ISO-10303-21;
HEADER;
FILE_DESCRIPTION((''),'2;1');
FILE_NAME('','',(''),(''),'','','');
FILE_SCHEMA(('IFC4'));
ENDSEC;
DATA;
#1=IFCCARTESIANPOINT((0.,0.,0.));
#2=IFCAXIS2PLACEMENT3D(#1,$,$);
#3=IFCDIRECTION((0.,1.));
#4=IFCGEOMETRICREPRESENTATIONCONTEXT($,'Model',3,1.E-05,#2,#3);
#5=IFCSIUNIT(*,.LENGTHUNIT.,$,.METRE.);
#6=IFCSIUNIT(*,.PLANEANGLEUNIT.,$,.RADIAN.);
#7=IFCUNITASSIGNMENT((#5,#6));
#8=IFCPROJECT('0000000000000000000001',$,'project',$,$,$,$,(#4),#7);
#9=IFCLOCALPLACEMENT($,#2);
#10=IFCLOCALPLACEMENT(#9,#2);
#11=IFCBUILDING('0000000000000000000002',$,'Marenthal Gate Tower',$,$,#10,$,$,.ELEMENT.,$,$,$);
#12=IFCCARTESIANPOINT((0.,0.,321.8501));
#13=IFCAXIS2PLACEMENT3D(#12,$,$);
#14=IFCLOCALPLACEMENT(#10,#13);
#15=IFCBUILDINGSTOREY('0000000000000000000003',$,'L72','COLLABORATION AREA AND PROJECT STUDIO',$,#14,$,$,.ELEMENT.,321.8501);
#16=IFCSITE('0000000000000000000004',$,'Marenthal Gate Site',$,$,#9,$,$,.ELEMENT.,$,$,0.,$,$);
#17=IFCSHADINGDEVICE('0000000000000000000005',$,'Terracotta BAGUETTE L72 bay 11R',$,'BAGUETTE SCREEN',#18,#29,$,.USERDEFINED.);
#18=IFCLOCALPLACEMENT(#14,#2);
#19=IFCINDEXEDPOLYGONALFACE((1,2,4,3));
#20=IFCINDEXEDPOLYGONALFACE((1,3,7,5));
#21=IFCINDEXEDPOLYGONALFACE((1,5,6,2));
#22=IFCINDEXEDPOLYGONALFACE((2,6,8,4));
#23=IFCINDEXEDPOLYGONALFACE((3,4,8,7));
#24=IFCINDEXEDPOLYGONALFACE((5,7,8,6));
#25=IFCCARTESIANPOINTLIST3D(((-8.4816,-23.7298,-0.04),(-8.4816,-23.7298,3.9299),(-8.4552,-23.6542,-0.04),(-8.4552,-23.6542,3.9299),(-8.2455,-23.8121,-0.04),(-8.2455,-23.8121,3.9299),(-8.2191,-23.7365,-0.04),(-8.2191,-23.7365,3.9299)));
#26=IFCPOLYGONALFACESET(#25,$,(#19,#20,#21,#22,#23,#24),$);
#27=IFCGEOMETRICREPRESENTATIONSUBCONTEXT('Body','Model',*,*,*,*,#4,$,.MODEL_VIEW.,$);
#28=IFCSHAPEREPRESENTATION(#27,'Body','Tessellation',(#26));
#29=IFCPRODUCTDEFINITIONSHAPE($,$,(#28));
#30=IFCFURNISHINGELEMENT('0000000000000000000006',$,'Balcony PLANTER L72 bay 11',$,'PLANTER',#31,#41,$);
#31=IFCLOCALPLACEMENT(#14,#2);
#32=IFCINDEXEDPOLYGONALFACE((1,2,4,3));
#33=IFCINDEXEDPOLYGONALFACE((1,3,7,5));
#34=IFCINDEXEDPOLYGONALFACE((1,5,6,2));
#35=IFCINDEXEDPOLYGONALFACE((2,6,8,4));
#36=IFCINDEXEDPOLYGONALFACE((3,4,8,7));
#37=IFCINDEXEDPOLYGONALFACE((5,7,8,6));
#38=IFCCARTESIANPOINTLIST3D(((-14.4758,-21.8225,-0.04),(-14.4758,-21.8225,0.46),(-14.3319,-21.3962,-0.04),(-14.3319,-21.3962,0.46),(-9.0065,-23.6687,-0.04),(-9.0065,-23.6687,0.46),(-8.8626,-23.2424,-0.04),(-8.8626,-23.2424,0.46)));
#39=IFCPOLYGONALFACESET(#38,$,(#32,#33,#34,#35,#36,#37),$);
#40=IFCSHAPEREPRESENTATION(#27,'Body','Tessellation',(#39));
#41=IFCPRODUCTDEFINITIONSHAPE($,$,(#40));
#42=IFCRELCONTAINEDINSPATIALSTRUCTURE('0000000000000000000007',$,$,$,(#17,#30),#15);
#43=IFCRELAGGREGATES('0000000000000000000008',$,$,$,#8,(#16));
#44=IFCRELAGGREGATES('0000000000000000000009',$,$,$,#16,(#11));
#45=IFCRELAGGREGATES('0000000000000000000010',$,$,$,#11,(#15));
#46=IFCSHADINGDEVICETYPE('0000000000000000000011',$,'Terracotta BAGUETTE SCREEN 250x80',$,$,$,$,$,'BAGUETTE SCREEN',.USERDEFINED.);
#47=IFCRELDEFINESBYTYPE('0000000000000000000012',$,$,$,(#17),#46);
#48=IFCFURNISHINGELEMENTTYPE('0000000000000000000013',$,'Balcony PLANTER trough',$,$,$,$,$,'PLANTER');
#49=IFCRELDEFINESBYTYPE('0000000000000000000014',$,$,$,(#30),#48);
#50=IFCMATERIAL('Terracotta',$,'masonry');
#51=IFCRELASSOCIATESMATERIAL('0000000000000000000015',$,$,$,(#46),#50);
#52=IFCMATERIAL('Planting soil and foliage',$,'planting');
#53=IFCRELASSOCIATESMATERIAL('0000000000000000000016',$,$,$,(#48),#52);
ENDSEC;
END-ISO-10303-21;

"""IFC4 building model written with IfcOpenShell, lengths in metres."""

from ifc_helpers import new_model, si_unit, direction, frame, origin, origin_2d, place, context, subcontext, project, spatial, rectangle, extrude, material, material_profile, profile_set, type_object, element, save


model = new_model("IFC4")

# Units and contexts
model_context = context("Model", 3, precision=1e-05, world=origin(), true_north=direction((0.0, 1.0)))
body_context = subcontext(model_context, "Body", "Model", "MODEL_VIEW")
ifc_project = project(units=[si_unit("LENGTHUNIT", "METRE"), si_unit("PLANEANGLEUNIT", "RADIAN")], contexts=[model_context])

# Site, building, storey
site_placement = place(None, origin())
site = spatial("IfcSite", under=ifc_project, at=site_placement, Name="Marenthal Gate Site", CompositionType="ELEMENT", RefElevation=0.0)
building_placement = place(site_placement, origin())
building = spatial("IfcBuilding", under=site, at=building_placement, Name="Marenthal Gate Tower", CompositionType="ELEMENT")
storey_placement = place(building_placement, frame((0.0, 0.0, 321.8501)))
storey = spatial("IfcBuildingStorey", under=building, at=storey_placement, Name="L72", Description="COLLABORATION AREA AND PROJECT STUDIO", CompositionType="ELEMENT", Elevation=321.8501)

# Shading device
ifc_material_1 = material(Name="Terracotta", Category="masonry")
ifc_material_profile_1 = material_profile(ifc_material_1, rectangle(XDim=0.25, YDim=0.0801, at=origin_2d()), Name="Terracotta baguette 250x80")
ifc_profile_set_1 = profile_set([ifc_material_profile_1], Name="Terracotta")
shading_device_type = type_object("IfcShadingDeviceType", Name="Terracotta BAGUETTE SCREEN 250x80", ElementType="BAGUETTE SCREEN", PredefinedType="USERDEFINED", material=ifc_profile_set_1)
shading_device_placement = place(storey_placement, frame((-8.3503, -23.7332, -0.04), z_axis=(0.0, 0.0, 1.0), x_axis=(0.944214, -0.329333, 0.0)))
element("IfcShadingDevice", 1, at=shading_device_placement, inside=storey, type_object=shading_device_type, Name="Terracotta BAGUETTE L72 bay 11R", ObjectType="BAGUETTE SCREEN", PredefinedType="USERDEFINED", context=body_context, shape_type="SweptSolid", body=[
    extrude(rectangle(XDim=0.25, YDim=0.0801, at=origin_2d()), origin(), (0.0, 0.0, 1.0), 3.97),
])

# Furnishing element
ifc_material_2 = material(Name="Planting soil and foliage", Category="planting")
furnishing_element_type = type_object("IfcFurnishingElementType", Name="Balcony PLANTER trough", ElementType="PLANTER", material=ifc_material_2)
furnishing_placement = place(storey_placement, frame((-11.6692, -22.5325, -0.04), z_axis=(0.0, 0.0, 1.0), x_axis=(0.947473, -0.319835, 0.0)))
element("IfcFurnishingElement", 2, at=furnishing_placement, inside=storey, type_object=furnishing_element_type, Name="Balcony PLANTER L72 bay 11", ObjectType="PLANTER", context=body_context, shape_type="SweptSolid", body=[
    extrude(rectangle(XDim=5.7725, YDim=0.45, at=origin_2d()), origin(), (0.0, 0.0, 1.0), 0.5),
])

save(model, "model.ifc")
